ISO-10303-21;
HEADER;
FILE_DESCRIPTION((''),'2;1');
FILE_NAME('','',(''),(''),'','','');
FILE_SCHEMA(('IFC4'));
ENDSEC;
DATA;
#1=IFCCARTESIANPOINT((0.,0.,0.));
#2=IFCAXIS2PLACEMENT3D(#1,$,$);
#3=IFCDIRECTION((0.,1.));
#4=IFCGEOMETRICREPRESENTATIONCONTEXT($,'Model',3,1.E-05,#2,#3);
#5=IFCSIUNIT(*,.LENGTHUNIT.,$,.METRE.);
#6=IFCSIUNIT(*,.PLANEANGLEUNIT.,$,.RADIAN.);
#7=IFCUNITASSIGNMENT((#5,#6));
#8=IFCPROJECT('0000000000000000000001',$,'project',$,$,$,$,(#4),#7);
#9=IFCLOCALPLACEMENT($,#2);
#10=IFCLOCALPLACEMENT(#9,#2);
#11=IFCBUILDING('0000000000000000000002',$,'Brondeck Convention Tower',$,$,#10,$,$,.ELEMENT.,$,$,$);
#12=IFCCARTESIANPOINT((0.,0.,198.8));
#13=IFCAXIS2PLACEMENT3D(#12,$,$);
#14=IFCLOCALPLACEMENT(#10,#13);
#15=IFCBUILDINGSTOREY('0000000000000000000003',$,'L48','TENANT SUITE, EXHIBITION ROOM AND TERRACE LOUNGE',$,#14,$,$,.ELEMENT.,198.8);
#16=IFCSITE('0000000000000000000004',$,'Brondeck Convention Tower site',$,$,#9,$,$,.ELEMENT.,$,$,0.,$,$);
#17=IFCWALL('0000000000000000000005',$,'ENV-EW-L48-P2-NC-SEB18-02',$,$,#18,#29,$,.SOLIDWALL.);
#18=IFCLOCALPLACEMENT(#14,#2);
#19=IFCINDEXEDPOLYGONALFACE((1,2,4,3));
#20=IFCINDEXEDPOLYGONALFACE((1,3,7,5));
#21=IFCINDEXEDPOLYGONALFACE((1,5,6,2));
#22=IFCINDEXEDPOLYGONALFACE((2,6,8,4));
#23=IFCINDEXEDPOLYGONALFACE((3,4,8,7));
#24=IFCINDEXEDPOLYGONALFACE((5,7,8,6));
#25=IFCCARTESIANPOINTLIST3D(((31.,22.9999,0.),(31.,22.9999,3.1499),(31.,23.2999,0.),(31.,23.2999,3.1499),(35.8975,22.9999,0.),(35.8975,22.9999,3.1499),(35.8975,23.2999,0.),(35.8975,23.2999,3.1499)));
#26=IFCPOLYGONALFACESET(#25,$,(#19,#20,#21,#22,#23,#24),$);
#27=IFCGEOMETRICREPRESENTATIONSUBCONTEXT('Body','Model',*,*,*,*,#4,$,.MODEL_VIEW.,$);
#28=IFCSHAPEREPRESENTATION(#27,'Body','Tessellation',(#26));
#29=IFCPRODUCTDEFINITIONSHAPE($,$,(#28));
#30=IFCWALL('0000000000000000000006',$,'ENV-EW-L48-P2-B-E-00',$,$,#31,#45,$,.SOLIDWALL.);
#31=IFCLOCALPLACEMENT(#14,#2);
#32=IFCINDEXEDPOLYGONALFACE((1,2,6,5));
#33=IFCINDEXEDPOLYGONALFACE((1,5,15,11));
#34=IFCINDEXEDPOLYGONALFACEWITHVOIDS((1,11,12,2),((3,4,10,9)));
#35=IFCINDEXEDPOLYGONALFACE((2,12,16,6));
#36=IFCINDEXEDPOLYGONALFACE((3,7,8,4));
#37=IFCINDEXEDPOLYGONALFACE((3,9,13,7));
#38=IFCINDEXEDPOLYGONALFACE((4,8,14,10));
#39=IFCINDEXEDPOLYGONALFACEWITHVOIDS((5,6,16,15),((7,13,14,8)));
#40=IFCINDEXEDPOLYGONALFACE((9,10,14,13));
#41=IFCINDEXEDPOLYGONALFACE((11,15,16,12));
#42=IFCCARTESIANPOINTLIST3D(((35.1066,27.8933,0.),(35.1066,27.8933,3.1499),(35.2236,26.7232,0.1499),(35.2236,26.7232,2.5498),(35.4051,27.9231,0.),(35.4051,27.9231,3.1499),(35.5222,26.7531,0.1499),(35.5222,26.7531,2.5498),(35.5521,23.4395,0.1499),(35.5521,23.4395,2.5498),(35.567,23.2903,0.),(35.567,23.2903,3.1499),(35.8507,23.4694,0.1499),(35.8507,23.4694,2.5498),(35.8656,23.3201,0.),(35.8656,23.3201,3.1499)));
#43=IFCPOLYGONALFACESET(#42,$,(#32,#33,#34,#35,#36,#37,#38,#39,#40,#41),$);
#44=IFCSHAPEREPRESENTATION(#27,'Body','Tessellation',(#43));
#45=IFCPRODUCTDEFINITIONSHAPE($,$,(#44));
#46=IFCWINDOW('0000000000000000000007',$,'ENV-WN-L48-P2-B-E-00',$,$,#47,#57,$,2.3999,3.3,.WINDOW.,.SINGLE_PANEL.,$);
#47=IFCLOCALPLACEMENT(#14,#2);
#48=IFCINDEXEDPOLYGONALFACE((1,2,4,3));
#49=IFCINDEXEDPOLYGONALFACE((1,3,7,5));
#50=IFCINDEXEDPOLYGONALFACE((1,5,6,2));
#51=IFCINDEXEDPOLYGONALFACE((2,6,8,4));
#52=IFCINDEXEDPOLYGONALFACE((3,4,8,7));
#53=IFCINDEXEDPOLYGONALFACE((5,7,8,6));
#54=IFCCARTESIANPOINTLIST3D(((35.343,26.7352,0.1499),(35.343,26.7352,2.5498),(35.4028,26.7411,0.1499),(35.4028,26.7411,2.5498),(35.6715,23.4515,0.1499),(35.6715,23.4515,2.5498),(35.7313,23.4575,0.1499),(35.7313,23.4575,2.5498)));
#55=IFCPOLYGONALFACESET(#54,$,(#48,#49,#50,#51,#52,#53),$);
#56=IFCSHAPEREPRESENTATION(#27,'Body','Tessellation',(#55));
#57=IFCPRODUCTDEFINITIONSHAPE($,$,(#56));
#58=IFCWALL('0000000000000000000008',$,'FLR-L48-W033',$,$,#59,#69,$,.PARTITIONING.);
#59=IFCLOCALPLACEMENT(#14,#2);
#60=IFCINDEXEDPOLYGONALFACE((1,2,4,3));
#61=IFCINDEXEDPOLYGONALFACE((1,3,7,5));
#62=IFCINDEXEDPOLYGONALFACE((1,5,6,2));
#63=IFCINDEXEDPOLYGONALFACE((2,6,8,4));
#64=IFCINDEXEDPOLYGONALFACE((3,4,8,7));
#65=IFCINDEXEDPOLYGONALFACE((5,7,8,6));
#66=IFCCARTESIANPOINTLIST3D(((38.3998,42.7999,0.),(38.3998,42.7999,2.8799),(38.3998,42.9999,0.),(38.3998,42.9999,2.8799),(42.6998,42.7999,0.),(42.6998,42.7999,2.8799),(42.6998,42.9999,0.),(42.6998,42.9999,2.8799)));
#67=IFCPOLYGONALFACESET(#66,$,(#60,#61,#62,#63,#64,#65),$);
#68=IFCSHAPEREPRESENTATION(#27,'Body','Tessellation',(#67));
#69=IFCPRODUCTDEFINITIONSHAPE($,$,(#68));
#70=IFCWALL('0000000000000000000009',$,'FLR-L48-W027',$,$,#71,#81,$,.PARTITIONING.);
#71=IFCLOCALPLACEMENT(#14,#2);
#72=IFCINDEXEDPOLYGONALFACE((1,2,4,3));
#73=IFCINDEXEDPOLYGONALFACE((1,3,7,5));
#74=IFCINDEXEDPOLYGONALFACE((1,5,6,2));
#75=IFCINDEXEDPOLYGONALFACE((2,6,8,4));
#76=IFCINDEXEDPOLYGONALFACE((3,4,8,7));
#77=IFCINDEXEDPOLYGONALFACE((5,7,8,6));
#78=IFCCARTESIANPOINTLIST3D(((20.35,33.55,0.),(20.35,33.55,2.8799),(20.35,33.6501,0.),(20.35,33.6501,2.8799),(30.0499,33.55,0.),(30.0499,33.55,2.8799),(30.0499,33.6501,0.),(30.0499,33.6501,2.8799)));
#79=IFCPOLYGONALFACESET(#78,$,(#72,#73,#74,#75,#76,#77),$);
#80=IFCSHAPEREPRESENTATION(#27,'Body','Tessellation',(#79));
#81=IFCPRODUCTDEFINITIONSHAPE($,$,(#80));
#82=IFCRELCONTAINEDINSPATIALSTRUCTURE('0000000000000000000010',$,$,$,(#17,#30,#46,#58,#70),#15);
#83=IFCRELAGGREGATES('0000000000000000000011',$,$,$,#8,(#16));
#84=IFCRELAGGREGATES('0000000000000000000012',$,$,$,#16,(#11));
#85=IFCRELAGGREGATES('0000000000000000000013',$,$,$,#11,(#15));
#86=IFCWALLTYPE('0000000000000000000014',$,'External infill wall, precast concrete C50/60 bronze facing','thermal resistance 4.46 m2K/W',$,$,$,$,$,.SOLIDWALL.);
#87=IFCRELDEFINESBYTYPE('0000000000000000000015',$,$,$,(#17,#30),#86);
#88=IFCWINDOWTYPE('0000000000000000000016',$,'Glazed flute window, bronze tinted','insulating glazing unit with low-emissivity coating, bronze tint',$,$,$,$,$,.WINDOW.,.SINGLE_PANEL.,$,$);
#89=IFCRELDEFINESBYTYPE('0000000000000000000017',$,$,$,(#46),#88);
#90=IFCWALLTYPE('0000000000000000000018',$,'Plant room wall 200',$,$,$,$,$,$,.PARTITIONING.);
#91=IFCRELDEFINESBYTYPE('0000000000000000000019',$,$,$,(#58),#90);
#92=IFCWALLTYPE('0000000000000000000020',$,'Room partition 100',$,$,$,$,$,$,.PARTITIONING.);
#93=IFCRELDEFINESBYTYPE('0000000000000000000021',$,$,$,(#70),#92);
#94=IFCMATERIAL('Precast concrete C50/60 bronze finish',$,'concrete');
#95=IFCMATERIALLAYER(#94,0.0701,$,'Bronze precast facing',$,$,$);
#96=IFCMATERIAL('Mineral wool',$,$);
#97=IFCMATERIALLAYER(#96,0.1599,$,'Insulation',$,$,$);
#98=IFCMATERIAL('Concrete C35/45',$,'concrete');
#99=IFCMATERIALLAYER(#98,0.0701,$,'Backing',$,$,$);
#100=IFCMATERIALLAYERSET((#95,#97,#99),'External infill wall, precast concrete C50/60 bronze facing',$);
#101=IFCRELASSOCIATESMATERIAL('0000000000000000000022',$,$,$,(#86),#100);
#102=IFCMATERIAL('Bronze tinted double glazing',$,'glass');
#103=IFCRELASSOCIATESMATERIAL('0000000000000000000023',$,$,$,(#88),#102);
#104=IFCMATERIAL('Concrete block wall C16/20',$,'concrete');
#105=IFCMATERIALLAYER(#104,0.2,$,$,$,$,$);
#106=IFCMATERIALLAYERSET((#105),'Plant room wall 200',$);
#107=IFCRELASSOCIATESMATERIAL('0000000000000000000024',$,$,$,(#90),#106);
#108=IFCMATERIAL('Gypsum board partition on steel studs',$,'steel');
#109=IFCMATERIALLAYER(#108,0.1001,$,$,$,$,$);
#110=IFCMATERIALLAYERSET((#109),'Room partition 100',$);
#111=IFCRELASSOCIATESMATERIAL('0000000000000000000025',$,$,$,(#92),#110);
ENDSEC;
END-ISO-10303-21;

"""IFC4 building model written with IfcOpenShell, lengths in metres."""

from ifc_helpers import new_model, si_unit, direction, frame, frame_2d, origin, place, context, subcontext, project, spatial, rectangle, extrude, material, layer, layer_set, type_object, element, fill, save


model = new_model("IFC4")

# Units and contexts
model_context = context("Model", 3, precision=1e-05, world=origin(), true_north=direction((0.0, 1.0)))
body_context = subcontext(model_context, "Body", "Model", "MODEL_VIEW")
ifc_project = project(units=[si_unit("LENGTHUNIT", "METRE"), si_unit("PLANEANGLEUNIT", "RADIAN")], contexts=[model_context])

# Site, building, storey
site_placement = place(None, origin())
site = spatial("IfcSite", under=ifc_project, at=site_placement, Name="Brondeck Convention Tower site", CompositionType="ELEMENT", RefElevation=0.0)
building_placement = place(site_placement, origin())
building = spatial("IfcBuilding", under=site, at=building_placement, Name="Brondeck Convention Tower", CompositionType="ELEMENT")
storey_placement = place(building_placement, frame((0.0, 0.0, 198.8)))
storey = spatial("IfcBuildingStorey", under=building, at=storey_placement, Name="L48", Description="TENANT SUITE, EXHIBITION ROOM AND TERRACE LOUNGE", CompositionType="ELEMENT", Elevation=198.8)

# Wall
ifc_material_1 = material(Name="Precast concrete C50/60 bronze finish", Category="concrete")
ifc_layer_1 = layer(ifc_material_1, 0.0701, Name="Bronze precast facing")
ifc_material_2 = material(Name="Mineral wool")
ifc_layer_2 = layer(ifc_material_2, 0.1599, Name="Insulation")
ifc_material_3 = material(Name="Concrete C35/45", Category="concrete")
ifc_layer_3 = layer(ifc_material_3, 0.0701, Name="Backing")
ifc_layer_set_1 = layer_set([ifc_layer_1, ifc_layer_2, ifc_layer_3], Name="External infill wall, precast concrete C50/60 bronze facing")
wall_type_1 = type_object("IfcWallType", Name="External infill wall, precast concrete C50/60 bronze facing", Description="thermal resistance 4.46 m2K/W", PredefinedType="SOLIDWALL", material=ifc_layer_set_1)
wall_1_placement = place(storey_placement, frame((35.8975, 23.1499, 0.0), z_axis=(0.0, 0.0, 1.0), x_axis=(-1.0, 0.0, 0.0)))
element("IfcWall", 1, at=wall_1_placement, inside=storey, type_object=wall_type_1, Name="ENV-EW-L48-P2-NC-SEB18-02", PredefinedType="SOLIDWALL", context=body_context, shape_type="SweptSolid", body=[
    extrude(rectangle(XDim=4.8975, YDim=0.3, at=frame_2d((2.4487, 0.0))), origin(), (0.0, 0.0, 1.0), 3.1499),
])

# Wall, opening, window
wall_2_placement = place(storey_placement, frame((35.2559, 27.9082, 0.0), z_axis=(0.0, 0.0, 1.0), x_axis=(0.099535, -0.995034, 0.0)))
wall_2 = element("IfcWall", 2, at=wall_2_placement, inside=storey, type_object=wall_type_1, Name="ENV-EW-L48-P2-B-E-00", PredefinedType="SOLIDWALL", context=body_context, shape_type="SweptSolid", body=[
    extrude(rectangle(XDim=4.626, YDim=0.3, at=frame_2d((2.313, 0.0))), origin(), (0.0, 0.0, 1.0), 3.1499),
])
opening_placement = place(wall_2_placement, frame((1.176, 0.0, 0.1499)))
opening = element("IfcOpeningElement", 3, at=opening_placement, cuts=wall_2, PredefinedType="OPENING", context=body_context, shape_type="SweptSolid", body=[
    extrude(rectangle(XDim=3.3, YDim=2.3999, at=frame_2d((1.6499, 1.2))), frame((0.0, 0.1599, 0.0), z_axis=(0.0, -1.0, 0.0), x_axis=(1.0, 0.0, 0.0)), (0.0, 0.0, 1.0), 0.3201),
])
ifc_material_4 = material(Name="Bronze tinted double glazing", Category="glass")
window_type = type_object("IfcWindowType", Name="Glazed flute window, bronze tinted", Description="insulating glazing unit with low-emissivity coating, bronze tint", PartitioningType="SINGLE_PANEL", PredefinedType="WINDOW", material=ifc_material_4)
window_placement = place(opening_placement, origin())
window = element("IfcWindow", 4, at=window_placement, inside=storey, type_object=window_type, Name="ENV-WN-L48-P2-B-E-00", OverallHeight=2.3999, OverallWidth=3.3, PartitioningType="SINGLE_PANEL", PredefinedType="WINDOW", context=body_context, shape_type="SweptSolid", body=[
    extrude(rectangle(XDim=3.3, YDim=2.3999, at=frame_2d((1.6499, 1.2))), frame((0.0, 0.03, 0.0), z_axis=(0.0, -1.0, 0.0), x_axis=(1.0, 0.0, 0.0)), (0.0, 0.0, 1.0), 0.0601),
])
fill(opening, window)

# Walls
ifc_material_5 = material(Name="Concrete block wall C16/20", Category="concrete")
ifc_layer_4 = layer(ifc_material_5, 0.2)
ifc_layer_set_2 = layer_set([ifc_layer_4], Name="Plant room wall 200")
wall_type_2 = type_object("IfcWallType", Name="Plant room wall 200", PredefinedType="PARTITIONING", material=ifc_layer_set_2)
wall_3_placement = place(storey_placement, frame((38.3999, 42.8999, 0.0), z_axis=(0.0, 0.0, 1.0), x_axis=(1.0, 0.0, 0.0)))
element("IfcWall", 5, at=wall_3_placement, inside=storey, type_object=wall_type_2, Name="FLR-L48-W033", PredefinedType="PARTITIONING", context=body_context, shape_type="SweptSolid", body=[
    extrude(rectangle(XDim=4.3, YDim=0.2, at=frame_2d((2.1499, 0.0))), origin(), (0.0, 0.0, 1.0), 2.8799),
])
ifc_material_6 = material(Name="Gypsum board partition on steel studs", Category="steel")
ifc_layer_5 = layer(ifc_material_6, 0.1001)
ifc_layer_set_3 = layer_set([ifc_layer_5], Name="Room partition 100")
wall_type_3 = type_object("IfcWallType", Name="Room partition 100", PredefinedType="PARTITIONING", material=ifc_layer_set_3)
wall_4_placement = place(storey_placement, frame((30.05, 33.6001, 0.0), z_axis=(0.0, 0.0, 1.0), x_axis=(-1.0, 0.0, 0.0)))
element("IfcWall", 6, at=wall_4_placement, inside=storey, type_object=wall_type_3, Name="FLR-L48-W027", PredefinedType="PARTITIONING", context=body_context, shape_type="SweptSolid", body=[
    extrude(rectangle(XDim=9.7, YDim=0.1001, at=frame_2d((4.8501, 0.0))), origin(), (0.0, 0.0, 1.0), 2.8799),
])

save(model, "model.ifc")
